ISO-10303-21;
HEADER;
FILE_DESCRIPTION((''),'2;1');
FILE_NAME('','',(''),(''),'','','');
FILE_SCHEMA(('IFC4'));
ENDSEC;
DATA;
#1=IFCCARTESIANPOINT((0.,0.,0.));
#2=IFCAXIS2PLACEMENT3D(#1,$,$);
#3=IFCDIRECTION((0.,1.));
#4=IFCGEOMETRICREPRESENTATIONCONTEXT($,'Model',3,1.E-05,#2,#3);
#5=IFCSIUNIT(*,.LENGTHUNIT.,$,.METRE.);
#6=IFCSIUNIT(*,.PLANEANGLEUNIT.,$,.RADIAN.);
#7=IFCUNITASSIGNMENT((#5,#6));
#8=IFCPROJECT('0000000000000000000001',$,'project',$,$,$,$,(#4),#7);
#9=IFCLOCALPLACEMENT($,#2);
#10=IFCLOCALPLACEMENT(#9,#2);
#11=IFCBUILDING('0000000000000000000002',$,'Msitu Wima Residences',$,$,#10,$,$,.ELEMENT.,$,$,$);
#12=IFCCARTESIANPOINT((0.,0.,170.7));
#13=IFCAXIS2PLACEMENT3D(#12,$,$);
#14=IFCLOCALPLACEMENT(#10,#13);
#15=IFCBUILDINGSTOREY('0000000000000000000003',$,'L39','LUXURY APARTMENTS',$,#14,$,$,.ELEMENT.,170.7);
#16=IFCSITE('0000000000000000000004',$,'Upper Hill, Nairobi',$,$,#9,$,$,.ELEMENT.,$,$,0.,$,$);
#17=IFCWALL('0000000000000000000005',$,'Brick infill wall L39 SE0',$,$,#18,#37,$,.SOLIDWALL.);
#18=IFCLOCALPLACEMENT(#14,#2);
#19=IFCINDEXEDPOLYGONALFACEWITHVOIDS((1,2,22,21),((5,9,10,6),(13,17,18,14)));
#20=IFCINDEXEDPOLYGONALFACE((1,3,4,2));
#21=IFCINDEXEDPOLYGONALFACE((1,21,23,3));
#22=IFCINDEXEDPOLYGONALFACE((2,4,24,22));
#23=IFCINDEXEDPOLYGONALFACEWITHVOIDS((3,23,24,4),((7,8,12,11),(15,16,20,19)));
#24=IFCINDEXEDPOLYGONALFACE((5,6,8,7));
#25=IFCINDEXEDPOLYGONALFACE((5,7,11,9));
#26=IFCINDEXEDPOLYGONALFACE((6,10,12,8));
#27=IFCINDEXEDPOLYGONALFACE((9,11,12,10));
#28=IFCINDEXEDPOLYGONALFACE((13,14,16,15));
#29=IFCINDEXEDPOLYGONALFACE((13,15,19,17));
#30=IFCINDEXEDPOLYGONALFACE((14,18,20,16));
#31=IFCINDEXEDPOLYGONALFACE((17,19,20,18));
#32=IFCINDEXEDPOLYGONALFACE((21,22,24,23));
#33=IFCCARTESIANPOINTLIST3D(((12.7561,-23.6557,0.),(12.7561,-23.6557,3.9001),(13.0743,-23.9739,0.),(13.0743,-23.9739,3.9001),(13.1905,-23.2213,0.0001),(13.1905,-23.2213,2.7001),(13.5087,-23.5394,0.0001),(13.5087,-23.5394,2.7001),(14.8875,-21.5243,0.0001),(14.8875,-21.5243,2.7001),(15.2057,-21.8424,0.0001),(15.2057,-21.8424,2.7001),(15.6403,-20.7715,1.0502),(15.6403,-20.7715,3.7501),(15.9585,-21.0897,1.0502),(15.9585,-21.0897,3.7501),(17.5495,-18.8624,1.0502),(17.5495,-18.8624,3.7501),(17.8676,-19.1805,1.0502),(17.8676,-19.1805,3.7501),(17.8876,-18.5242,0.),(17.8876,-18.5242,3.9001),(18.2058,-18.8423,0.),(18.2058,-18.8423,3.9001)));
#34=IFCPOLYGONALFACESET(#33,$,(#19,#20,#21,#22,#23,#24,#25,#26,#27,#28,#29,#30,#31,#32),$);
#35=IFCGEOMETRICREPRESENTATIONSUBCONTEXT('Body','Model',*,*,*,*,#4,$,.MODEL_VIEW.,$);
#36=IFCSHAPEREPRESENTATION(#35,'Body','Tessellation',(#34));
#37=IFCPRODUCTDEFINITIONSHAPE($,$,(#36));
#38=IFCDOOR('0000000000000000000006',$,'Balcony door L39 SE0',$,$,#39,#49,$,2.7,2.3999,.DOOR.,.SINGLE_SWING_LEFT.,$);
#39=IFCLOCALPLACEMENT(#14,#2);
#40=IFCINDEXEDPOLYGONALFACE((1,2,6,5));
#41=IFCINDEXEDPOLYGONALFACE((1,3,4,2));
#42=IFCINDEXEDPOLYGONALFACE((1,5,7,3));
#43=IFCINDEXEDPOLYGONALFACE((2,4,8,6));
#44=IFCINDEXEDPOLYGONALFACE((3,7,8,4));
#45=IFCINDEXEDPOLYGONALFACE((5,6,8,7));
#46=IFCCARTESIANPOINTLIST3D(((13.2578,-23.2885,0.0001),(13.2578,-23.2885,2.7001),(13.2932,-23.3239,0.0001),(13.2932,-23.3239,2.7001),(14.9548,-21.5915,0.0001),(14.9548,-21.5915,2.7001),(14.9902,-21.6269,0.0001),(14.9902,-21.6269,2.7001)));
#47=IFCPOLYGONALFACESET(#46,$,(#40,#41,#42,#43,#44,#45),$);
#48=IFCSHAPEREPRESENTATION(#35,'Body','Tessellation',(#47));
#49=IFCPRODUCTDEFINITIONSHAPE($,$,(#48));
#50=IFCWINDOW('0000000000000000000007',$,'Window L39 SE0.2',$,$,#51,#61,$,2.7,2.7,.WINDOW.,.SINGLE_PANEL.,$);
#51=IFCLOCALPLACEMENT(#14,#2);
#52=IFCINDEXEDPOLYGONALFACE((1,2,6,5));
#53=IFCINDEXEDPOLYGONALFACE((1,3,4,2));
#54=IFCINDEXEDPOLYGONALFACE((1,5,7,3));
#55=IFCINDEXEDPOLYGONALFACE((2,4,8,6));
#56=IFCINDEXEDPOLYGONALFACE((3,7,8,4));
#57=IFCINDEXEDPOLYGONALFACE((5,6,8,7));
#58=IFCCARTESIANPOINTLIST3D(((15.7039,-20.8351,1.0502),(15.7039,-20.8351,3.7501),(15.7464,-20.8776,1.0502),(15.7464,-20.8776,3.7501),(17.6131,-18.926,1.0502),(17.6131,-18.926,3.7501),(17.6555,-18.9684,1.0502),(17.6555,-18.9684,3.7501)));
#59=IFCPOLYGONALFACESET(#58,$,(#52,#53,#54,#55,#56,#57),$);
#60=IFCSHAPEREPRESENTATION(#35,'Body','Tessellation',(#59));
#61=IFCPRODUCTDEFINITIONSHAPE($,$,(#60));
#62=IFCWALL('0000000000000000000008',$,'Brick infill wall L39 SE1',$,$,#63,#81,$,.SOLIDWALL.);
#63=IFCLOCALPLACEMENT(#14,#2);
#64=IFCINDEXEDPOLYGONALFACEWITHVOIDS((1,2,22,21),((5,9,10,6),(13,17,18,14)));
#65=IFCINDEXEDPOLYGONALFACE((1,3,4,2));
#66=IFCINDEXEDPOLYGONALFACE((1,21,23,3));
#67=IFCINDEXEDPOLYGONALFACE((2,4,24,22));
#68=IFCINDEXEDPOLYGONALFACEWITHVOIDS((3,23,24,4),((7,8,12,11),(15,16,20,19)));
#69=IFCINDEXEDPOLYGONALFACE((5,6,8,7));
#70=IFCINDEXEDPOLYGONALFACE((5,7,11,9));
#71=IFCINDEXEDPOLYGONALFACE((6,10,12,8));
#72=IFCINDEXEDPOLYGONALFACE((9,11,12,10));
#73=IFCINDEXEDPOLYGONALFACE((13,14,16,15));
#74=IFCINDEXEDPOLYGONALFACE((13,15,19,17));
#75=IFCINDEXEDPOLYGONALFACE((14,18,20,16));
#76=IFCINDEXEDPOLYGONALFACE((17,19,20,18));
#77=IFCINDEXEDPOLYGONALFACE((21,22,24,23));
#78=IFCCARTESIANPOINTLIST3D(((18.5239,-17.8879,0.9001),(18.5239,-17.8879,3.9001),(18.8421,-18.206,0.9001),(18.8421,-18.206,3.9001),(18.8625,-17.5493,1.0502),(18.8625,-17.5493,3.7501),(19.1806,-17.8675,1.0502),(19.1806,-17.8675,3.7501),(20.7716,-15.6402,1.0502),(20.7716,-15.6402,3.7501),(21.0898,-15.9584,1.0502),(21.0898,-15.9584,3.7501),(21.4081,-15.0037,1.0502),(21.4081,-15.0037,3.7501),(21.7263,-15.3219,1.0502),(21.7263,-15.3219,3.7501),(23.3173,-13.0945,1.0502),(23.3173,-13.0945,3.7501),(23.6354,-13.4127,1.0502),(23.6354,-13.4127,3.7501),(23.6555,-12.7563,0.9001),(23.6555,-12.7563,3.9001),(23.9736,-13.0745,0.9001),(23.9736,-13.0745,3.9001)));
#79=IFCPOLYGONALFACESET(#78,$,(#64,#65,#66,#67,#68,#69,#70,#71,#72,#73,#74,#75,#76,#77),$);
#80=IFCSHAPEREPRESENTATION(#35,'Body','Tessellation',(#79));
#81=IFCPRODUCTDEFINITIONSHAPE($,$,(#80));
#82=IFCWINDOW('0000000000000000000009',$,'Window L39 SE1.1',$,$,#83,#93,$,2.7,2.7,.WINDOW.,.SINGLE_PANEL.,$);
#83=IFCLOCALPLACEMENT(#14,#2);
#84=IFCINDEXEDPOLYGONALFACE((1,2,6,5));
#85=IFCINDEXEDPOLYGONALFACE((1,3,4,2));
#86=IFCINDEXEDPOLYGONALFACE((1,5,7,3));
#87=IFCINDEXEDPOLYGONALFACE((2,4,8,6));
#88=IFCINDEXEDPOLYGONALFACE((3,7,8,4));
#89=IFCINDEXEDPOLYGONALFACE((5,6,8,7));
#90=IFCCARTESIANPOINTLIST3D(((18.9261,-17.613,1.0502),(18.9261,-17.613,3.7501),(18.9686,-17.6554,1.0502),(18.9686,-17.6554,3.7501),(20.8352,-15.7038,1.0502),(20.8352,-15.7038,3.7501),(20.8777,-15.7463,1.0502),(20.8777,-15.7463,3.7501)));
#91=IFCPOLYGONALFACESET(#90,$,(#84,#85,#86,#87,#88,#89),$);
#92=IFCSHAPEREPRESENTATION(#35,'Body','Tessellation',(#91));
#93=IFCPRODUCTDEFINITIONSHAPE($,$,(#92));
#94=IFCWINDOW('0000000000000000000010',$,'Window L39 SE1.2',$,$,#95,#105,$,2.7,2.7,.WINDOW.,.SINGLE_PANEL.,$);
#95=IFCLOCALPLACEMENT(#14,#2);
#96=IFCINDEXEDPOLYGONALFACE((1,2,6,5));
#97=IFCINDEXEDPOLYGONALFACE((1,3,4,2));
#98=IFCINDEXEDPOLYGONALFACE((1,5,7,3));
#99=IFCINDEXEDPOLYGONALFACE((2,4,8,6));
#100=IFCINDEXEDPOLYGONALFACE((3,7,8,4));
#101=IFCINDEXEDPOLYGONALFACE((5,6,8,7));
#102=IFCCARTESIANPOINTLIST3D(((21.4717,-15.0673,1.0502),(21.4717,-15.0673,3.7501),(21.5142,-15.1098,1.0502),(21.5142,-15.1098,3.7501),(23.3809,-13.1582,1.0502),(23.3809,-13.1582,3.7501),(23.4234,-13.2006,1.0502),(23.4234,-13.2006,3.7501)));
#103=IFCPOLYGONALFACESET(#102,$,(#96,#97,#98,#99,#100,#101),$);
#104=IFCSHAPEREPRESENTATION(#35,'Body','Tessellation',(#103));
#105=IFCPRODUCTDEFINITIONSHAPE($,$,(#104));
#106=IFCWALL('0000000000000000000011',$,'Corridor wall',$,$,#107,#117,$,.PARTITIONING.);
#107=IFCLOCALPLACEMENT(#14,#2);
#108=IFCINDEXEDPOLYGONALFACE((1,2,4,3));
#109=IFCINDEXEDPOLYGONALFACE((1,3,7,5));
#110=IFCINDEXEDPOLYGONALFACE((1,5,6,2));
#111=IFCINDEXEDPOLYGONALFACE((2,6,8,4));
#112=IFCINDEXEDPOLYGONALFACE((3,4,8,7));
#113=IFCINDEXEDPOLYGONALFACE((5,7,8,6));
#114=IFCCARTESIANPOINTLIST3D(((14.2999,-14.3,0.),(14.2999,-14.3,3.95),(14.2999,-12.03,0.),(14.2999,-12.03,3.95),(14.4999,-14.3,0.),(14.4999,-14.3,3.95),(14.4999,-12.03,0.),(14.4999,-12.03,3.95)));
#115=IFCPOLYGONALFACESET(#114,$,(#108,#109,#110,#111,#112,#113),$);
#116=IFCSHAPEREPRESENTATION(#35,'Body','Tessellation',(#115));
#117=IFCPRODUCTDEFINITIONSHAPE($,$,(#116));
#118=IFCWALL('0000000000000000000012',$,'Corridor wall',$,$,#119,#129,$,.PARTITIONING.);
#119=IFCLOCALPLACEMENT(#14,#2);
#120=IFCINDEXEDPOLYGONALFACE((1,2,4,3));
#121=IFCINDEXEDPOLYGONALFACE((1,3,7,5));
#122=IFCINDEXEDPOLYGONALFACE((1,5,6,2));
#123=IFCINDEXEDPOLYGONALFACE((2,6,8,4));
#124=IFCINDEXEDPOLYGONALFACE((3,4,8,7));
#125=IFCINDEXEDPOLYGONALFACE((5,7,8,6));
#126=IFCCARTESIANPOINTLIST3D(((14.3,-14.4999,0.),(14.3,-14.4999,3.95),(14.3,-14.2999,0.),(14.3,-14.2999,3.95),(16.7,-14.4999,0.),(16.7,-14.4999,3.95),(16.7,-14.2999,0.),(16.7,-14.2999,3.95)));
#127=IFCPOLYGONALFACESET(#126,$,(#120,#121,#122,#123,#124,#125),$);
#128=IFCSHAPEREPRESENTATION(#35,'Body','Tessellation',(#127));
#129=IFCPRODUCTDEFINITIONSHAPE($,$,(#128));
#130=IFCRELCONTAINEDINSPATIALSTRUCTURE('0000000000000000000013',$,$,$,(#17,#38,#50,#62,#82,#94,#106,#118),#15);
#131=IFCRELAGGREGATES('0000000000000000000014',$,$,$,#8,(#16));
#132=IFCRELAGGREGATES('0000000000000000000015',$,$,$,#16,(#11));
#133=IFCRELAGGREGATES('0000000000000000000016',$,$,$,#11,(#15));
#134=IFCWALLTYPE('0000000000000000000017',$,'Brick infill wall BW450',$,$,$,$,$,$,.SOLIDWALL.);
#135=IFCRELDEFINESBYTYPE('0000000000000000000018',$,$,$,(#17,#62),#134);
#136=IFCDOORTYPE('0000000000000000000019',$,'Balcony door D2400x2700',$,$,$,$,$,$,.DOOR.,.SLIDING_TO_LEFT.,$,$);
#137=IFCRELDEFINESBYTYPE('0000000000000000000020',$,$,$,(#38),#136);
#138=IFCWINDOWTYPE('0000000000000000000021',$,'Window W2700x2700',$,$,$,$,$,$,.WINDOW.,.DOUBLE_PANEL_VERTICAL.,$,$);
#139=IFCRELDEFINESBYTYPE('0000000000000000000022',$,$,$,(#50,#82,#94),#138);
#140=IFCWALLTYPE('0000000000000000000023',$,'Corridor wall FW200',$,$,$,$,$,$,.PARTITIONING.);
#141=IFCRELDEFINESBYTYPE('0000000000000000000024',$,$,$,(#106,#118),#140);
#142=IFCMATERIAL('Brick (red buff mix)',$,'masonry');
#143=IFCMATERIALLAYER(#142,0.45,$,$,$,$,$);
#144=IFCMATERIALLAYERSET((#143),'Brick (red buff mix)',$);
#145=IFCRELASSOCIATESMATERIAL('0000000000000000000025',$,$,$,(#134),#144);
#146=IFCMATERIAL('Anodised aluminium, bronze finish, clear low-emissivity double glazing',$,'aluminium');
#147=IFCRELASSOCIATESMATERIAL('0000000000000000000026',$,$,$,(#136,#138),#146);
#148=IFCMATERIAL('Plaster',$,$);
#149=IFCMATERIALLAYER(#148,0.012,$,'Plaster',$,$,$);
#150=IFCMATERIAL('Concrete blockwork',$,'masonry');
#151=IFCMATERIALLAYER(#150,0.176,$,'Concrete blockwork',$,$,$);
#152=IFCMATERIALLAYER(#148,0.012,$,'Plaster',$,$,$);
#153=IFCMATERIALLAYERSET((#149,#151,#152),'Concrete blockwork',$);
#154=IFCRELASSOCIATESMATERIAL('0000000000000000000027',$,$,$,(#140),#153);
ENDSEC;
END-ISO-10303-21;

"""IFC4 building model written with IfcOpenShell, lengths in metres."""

from ifc_helpers import new_model, si_unit, direction, frame, frame_2d, origin, place, context, subcontext, project, spatial, rectangle, extrude, material, layer, layer_set, type_object, element, fill, save


model = new_model("IFC4")

# Units and contexts
model_context = context("Model", 3, precision=1e-05, world=origin(), true_north=direction((0.0, 1.0)))
body_context = subcontext(model_context, "Body", "Model", "MODEL_VIEW")
ifc_project = project(units=[si_unit("LENGTHUNIT", "METRE"), si_unit("PLANEANGLEUNIT", "RADIAN")], contexts=[model_context])

# Site, building, storey
site_placement = place(None, origin())
site = spatial("IfcSite", under=ifc_project, at=site_placement, Name="Upper Hill, Nairobi", CompositionType="ELEMENT", RefElevation=0.0)
building_placement = place(site_placement, origin())
building = spatial("IfcBuilding", under=site, at=building_placement, Name="Msitu Wima Residences", CompositionType="ELEMENT")
storey_placement = place(building_placement, frame((0.0, 0.0, 170.7)))
storey = spatial("IfcBuildingStorey", under=building, at=storey_placement, Name="L39", Description="LUXURY APARTMENTS", CompositionType="ELEMENT", Elevation=170.7)

# Wall, openings, door, window
ifc_material_1 = material(Name="Brick (red buff mix)", Category="masonry")
ifc_layer_1 = layer(ifc_material_1, 0.45)
ifc_layer_set_1 = layer_set([ifc_layer_1], Name="Brick (red buff mix)")
wall_type_1 = type_object("IfcWallType", Name="Brick infill wall BW450", PredefinedType="SOLIDWALL", material=ifc_layer_set_1)
wall_1_placement = place(storey_placement, frame((12.9153, -23.8147, 0.0), z_axis=(0.0, 0.0, 1.0), x_axis=(0.707107, 0.707107, 0.0)))
wall_1 = element("IfcWall", 1, at=wall_1_placement, inside=storey, type_object=wall_type_1, Name="Brick infill wall L39 SE0", PredefinedType="SOLIDWALL", context=body_context, shape_type="SweptSolid", body=[
    extrude(rectangle(XDim=7.2571, YDim=0.45, at=frame_2d((3.6284, 0.0))), origin(), (0.0, 0.0, 1.0), 3.9001),
])
opening_1_placement = place(wall_1_placement, frame((0.6143, 0.0, 0.0)))
opening_1 = element("IfcOpeningElement", 2, at=opening_1_placement, cuts=wall_1, PredefinedType="OPENING", context=body_context, shape_type="SweptSolid", body=[
    extrude(rectangle(XDim=2.3999, YDim=2.7, at=frame_2d((1.2, 1.3501))), frame((0.0, 0.2349, 0.0), z_axis=(0.0, -1.0, 0.0), x_axis=(1.0, 0.0, 0.0)), (0.0, 0.0, 1.0), 0.47),
])
opening_2_placement = place(wall_1_placement, frame((4.0786, 0.0, 1.05)))
opening_2 = element("IfcOpeningElement", 3, at=opening_2_placement, cuts=wall_1, PredefinedType="OPENING", context=body_context, shape_type="SweptSolid", body=[
    extrude(rectangle(XDim=2.7, YDim=2.7, at=frame_2d((1.3501, 1.3501))), frame((0.0, 0.2349, 0.0), z_axis=(0.0, -1.0, 0.0), x_axis=(1.0, 0.0, 0.0)), (0.0, 0.0, 1.0), 0.47),
])
ifc_material_2 = material(Name="Anodised aluminium, bronze finish, clear low-emissivity double glazing", Category="aluminium")
door_type_1 = type_object("IfcDoorType", Name="Balcony door D2400x2700", OperationType="SLIDING_TO_LEFT", PredefinedType="DOOR", material=ifc_material_2)
door_1_placement = place(opening_1_placement, origin())
door_1 = element("IfcDoor", 4, at=door_1_placement, inside=storey, type_object=door_type_1, Name="Balcony door L39 SE0", OperationType="SINGLE_SWING_LEFT", OverallHeight=2.7, OverallWidth=2.3999, PredefinedType="DOOR", context=body_context, shape_type="SweptSolid", body=[
    extrude(rectangle(XDim=2.3999, YDim=2.7, at=frame_2d((1.2, 1.3501))), frame((0.0, 0.1299, 0.0), z_axis=(0.0, -1.0, 0.0), x_axis=(1.0, 0.0, 0.0)), (0.0, 0.0, 1.0), 0.05),
])
fill(opening_1, door_1)
window_type = type_object("IfcWindowType", Name="Window W2700x2700", PartitioningType="DOUBLE_PANEL_VERTICAL", PredefinedType="WINDOW", material=ifc_material_2)
window_1_placement = place(opening_2_placement, origin())
window_1 = element("IfcWindow", 5, at=window_1_placement, inside=storey, type_object=window_type, Name="Window L39 SE0.2", OverallHeight=2.7, OverallWidth=2.7, PartitioningType="SINGLE_PANEL", PredefinedType="WINDOW", context=body_context, shape_type="SweptSolid", body=[
    extrude(rectangle(XDim=2.7, YDim=2.7, at=frame_2d((1.3501, 1.3501))), frame((0.0, 0.135, 0.0), z_axis=(0.0, -1.0, 0.0), x_axis=(1.0, 0.0, 0.0)), (0.0, 0.0, 1.0), 0.0601),
])
fill(opening_2, window_1)

# Wall, openings, windows
wall_2_placement = place(storey_placement, frame((18.6831, -18.0469, 0.9001), z_axis=(0.0, 0.0, 1.0), x_axis=(0.707107, 0.707107, 0.0)))
wall_2 = element("IfcWall", 6, at=wall_2_placement, inside=storey, type_object=wall_type_1, Name="Brick infill wall L39 SE1", PredefinedType="SOLIDWALL", context=body_context, shape_type="SweptSolid", body=[
    extrude(rectangle(XDim=7.2571, YDim=0.45, at=frame_2d((3.6284, 0.0))), origin(), (0.0, 0.0, 1.0), 3.0),
])
opening_3_placement = place(wall_2_placement, frame((0.4785, 0.0, 0.1499)))
opening_3 = element("IfcOpeningElement", 7, at=opening_3_placement, cuts=wall_2, PredefinedType="OPENING", context=body_context, shape_type="SweptSolid", body=[
    extrude(rectangle(XDim=2.7, YDim=2.7, at=frame_2d((1.3501, 1.3501))), frame((0.0, 0.2349, 0.0), z_axis=(0.0, -1.0, 0.0), x_axis=(1.0, 0.0, 0.0)), (0.0, 0.0, 1.0), 0.47),
])
opening_4_placement = place(wall_2_placement, frame((4.0786, 0.0, 0.1499)))
opening_4 = element("IfcOpeningElement", 8, at=opening_4_placement, cuts=wall_2, PredefinedType="OPENING", context=body_context, shape_type="SweptSolid", body=[
    extrude(rectangle(XDim=2.7, YDim=2.7, at=frame_2d((1.3501, 1.3501))), frame((0.0, 0.2349, 0.0), z_axis=(0.0, -1.0, 0.0), x_axis=(1.0, 0.0, 0.0)), (0.0, 0.0, 1.0), 0.47),
])
window_2_placement = place(opening_3_placement, origin())
window_2 = element("IfcWindow", 9, at=window_2_placement, inside=storey, type_object=window_type, Name="Window L39 SE1.1", OverallHeight=2.7, OverallWidth=2.7, PartitioningType="SINGLE_PANEL", PredefinedType="WINDOW", context=body_context, shape_type="SweptSolid", body=[
    extrude(rectangle(XDim=2.7, YDim=2.7, at=frame_2d((1.3501, 1.3501))), frame((0.0, 0.135, 0.0), z_axis=(0.0, -1.0, 0.0), x_axis=(1.0, 0.0, 0.0)), (0.0, 0.0, 1.0), 0.0601),
])
fill(opening_3, window_2)
window_3_placement = place(opening_4_placement, origin())
window_3 = element("IfcWindow", 10, at=window_3_placement, inside=storey, type_object=window_type, Name="Window L39 SE1.2", OverallHeight=2.7, OverallWidth=2.7, PartitioningType="SINGLE_PANEL", PredefinedType="WINDOW", context=body_context, shape_type="SweptSolid", body=[
    extrude(rectangle(XDim=2.7, YDim=2.7, at=frame_2d((1.3501, 1.3501))), frame((0.0, 0.135, 0.0), z_axis=(0.0, -1.0, 0.0), x_axis=(1.0, 0.0, 0.0)), (0.0, 0.0, 1.0), 0.0601),
])
fill(opening_4, window_3)

# Walls
ifc_material_3 = material(Name="Plaster")
ifc_layer_2 = layer(ifc_material_3, 0.012, Name="Plaster")
ifc_material_4 = material(Name="Concrete blockwork", Category="masonry")
ifc_layer_3 = layer(ifc_material_4, 0.176, Name="Concrete blockwork")
ifc_layer_4 = layer(ifc_material_3, 0.012, Name="Plaster")
ifc_layer_set_2 = layer_set([ifc_layer_2, ifc_layer_3, ifc_layer_4], Name="Concrete blockwork")
wall_type_2 = type_object("IfcWallType", Name="Corridor wall FW200", PredefinedType="PARTITIONING", material=ifc_layer_set_2)
wall_3_placement = place(storey_placement, frame((14.3999, -14.3, 0.0), z_axis=(0.0, 0.0, 1.0), x_axis=(0.0, 1.0, 0.0)))
element("IfcWall", 11, at=wall_3_placement, inside=storey, type_object=wall_type_2, Name="Corridor wall", PredefinedType="PARTITIONING", context=body_context, shape_type="SweptSolid", body=[
    extrude(rectangle(XDim=2.27, YDim=0.2, at=frame_2d((1.135, 0.0))), origin(), (0.0, 0.0, 1.0), 3.95),
])
wall_4_placement = place(storey_placement, frame((14.3, -14.3999, 0.0), z_axis=(0.0, 0.0, 1.0), x_axis=(1.0, 0.0, 0.0)))
element("IfcWall", 12, at=wall_4_placement, inside=storey, type_object=wall_type_2, Name="Corridor wall", PredefinedType="PARTITIONING", context=body_context, shape_type="SweptSolid", body=[
    extrude(rectangle(XDim=2.3999, YDim=0.2, at=frame_2d((1.2, 0.0))), origin(), (0.0, 0.0, 1.0), 3.95),
])

save(model, "model.ifc")
